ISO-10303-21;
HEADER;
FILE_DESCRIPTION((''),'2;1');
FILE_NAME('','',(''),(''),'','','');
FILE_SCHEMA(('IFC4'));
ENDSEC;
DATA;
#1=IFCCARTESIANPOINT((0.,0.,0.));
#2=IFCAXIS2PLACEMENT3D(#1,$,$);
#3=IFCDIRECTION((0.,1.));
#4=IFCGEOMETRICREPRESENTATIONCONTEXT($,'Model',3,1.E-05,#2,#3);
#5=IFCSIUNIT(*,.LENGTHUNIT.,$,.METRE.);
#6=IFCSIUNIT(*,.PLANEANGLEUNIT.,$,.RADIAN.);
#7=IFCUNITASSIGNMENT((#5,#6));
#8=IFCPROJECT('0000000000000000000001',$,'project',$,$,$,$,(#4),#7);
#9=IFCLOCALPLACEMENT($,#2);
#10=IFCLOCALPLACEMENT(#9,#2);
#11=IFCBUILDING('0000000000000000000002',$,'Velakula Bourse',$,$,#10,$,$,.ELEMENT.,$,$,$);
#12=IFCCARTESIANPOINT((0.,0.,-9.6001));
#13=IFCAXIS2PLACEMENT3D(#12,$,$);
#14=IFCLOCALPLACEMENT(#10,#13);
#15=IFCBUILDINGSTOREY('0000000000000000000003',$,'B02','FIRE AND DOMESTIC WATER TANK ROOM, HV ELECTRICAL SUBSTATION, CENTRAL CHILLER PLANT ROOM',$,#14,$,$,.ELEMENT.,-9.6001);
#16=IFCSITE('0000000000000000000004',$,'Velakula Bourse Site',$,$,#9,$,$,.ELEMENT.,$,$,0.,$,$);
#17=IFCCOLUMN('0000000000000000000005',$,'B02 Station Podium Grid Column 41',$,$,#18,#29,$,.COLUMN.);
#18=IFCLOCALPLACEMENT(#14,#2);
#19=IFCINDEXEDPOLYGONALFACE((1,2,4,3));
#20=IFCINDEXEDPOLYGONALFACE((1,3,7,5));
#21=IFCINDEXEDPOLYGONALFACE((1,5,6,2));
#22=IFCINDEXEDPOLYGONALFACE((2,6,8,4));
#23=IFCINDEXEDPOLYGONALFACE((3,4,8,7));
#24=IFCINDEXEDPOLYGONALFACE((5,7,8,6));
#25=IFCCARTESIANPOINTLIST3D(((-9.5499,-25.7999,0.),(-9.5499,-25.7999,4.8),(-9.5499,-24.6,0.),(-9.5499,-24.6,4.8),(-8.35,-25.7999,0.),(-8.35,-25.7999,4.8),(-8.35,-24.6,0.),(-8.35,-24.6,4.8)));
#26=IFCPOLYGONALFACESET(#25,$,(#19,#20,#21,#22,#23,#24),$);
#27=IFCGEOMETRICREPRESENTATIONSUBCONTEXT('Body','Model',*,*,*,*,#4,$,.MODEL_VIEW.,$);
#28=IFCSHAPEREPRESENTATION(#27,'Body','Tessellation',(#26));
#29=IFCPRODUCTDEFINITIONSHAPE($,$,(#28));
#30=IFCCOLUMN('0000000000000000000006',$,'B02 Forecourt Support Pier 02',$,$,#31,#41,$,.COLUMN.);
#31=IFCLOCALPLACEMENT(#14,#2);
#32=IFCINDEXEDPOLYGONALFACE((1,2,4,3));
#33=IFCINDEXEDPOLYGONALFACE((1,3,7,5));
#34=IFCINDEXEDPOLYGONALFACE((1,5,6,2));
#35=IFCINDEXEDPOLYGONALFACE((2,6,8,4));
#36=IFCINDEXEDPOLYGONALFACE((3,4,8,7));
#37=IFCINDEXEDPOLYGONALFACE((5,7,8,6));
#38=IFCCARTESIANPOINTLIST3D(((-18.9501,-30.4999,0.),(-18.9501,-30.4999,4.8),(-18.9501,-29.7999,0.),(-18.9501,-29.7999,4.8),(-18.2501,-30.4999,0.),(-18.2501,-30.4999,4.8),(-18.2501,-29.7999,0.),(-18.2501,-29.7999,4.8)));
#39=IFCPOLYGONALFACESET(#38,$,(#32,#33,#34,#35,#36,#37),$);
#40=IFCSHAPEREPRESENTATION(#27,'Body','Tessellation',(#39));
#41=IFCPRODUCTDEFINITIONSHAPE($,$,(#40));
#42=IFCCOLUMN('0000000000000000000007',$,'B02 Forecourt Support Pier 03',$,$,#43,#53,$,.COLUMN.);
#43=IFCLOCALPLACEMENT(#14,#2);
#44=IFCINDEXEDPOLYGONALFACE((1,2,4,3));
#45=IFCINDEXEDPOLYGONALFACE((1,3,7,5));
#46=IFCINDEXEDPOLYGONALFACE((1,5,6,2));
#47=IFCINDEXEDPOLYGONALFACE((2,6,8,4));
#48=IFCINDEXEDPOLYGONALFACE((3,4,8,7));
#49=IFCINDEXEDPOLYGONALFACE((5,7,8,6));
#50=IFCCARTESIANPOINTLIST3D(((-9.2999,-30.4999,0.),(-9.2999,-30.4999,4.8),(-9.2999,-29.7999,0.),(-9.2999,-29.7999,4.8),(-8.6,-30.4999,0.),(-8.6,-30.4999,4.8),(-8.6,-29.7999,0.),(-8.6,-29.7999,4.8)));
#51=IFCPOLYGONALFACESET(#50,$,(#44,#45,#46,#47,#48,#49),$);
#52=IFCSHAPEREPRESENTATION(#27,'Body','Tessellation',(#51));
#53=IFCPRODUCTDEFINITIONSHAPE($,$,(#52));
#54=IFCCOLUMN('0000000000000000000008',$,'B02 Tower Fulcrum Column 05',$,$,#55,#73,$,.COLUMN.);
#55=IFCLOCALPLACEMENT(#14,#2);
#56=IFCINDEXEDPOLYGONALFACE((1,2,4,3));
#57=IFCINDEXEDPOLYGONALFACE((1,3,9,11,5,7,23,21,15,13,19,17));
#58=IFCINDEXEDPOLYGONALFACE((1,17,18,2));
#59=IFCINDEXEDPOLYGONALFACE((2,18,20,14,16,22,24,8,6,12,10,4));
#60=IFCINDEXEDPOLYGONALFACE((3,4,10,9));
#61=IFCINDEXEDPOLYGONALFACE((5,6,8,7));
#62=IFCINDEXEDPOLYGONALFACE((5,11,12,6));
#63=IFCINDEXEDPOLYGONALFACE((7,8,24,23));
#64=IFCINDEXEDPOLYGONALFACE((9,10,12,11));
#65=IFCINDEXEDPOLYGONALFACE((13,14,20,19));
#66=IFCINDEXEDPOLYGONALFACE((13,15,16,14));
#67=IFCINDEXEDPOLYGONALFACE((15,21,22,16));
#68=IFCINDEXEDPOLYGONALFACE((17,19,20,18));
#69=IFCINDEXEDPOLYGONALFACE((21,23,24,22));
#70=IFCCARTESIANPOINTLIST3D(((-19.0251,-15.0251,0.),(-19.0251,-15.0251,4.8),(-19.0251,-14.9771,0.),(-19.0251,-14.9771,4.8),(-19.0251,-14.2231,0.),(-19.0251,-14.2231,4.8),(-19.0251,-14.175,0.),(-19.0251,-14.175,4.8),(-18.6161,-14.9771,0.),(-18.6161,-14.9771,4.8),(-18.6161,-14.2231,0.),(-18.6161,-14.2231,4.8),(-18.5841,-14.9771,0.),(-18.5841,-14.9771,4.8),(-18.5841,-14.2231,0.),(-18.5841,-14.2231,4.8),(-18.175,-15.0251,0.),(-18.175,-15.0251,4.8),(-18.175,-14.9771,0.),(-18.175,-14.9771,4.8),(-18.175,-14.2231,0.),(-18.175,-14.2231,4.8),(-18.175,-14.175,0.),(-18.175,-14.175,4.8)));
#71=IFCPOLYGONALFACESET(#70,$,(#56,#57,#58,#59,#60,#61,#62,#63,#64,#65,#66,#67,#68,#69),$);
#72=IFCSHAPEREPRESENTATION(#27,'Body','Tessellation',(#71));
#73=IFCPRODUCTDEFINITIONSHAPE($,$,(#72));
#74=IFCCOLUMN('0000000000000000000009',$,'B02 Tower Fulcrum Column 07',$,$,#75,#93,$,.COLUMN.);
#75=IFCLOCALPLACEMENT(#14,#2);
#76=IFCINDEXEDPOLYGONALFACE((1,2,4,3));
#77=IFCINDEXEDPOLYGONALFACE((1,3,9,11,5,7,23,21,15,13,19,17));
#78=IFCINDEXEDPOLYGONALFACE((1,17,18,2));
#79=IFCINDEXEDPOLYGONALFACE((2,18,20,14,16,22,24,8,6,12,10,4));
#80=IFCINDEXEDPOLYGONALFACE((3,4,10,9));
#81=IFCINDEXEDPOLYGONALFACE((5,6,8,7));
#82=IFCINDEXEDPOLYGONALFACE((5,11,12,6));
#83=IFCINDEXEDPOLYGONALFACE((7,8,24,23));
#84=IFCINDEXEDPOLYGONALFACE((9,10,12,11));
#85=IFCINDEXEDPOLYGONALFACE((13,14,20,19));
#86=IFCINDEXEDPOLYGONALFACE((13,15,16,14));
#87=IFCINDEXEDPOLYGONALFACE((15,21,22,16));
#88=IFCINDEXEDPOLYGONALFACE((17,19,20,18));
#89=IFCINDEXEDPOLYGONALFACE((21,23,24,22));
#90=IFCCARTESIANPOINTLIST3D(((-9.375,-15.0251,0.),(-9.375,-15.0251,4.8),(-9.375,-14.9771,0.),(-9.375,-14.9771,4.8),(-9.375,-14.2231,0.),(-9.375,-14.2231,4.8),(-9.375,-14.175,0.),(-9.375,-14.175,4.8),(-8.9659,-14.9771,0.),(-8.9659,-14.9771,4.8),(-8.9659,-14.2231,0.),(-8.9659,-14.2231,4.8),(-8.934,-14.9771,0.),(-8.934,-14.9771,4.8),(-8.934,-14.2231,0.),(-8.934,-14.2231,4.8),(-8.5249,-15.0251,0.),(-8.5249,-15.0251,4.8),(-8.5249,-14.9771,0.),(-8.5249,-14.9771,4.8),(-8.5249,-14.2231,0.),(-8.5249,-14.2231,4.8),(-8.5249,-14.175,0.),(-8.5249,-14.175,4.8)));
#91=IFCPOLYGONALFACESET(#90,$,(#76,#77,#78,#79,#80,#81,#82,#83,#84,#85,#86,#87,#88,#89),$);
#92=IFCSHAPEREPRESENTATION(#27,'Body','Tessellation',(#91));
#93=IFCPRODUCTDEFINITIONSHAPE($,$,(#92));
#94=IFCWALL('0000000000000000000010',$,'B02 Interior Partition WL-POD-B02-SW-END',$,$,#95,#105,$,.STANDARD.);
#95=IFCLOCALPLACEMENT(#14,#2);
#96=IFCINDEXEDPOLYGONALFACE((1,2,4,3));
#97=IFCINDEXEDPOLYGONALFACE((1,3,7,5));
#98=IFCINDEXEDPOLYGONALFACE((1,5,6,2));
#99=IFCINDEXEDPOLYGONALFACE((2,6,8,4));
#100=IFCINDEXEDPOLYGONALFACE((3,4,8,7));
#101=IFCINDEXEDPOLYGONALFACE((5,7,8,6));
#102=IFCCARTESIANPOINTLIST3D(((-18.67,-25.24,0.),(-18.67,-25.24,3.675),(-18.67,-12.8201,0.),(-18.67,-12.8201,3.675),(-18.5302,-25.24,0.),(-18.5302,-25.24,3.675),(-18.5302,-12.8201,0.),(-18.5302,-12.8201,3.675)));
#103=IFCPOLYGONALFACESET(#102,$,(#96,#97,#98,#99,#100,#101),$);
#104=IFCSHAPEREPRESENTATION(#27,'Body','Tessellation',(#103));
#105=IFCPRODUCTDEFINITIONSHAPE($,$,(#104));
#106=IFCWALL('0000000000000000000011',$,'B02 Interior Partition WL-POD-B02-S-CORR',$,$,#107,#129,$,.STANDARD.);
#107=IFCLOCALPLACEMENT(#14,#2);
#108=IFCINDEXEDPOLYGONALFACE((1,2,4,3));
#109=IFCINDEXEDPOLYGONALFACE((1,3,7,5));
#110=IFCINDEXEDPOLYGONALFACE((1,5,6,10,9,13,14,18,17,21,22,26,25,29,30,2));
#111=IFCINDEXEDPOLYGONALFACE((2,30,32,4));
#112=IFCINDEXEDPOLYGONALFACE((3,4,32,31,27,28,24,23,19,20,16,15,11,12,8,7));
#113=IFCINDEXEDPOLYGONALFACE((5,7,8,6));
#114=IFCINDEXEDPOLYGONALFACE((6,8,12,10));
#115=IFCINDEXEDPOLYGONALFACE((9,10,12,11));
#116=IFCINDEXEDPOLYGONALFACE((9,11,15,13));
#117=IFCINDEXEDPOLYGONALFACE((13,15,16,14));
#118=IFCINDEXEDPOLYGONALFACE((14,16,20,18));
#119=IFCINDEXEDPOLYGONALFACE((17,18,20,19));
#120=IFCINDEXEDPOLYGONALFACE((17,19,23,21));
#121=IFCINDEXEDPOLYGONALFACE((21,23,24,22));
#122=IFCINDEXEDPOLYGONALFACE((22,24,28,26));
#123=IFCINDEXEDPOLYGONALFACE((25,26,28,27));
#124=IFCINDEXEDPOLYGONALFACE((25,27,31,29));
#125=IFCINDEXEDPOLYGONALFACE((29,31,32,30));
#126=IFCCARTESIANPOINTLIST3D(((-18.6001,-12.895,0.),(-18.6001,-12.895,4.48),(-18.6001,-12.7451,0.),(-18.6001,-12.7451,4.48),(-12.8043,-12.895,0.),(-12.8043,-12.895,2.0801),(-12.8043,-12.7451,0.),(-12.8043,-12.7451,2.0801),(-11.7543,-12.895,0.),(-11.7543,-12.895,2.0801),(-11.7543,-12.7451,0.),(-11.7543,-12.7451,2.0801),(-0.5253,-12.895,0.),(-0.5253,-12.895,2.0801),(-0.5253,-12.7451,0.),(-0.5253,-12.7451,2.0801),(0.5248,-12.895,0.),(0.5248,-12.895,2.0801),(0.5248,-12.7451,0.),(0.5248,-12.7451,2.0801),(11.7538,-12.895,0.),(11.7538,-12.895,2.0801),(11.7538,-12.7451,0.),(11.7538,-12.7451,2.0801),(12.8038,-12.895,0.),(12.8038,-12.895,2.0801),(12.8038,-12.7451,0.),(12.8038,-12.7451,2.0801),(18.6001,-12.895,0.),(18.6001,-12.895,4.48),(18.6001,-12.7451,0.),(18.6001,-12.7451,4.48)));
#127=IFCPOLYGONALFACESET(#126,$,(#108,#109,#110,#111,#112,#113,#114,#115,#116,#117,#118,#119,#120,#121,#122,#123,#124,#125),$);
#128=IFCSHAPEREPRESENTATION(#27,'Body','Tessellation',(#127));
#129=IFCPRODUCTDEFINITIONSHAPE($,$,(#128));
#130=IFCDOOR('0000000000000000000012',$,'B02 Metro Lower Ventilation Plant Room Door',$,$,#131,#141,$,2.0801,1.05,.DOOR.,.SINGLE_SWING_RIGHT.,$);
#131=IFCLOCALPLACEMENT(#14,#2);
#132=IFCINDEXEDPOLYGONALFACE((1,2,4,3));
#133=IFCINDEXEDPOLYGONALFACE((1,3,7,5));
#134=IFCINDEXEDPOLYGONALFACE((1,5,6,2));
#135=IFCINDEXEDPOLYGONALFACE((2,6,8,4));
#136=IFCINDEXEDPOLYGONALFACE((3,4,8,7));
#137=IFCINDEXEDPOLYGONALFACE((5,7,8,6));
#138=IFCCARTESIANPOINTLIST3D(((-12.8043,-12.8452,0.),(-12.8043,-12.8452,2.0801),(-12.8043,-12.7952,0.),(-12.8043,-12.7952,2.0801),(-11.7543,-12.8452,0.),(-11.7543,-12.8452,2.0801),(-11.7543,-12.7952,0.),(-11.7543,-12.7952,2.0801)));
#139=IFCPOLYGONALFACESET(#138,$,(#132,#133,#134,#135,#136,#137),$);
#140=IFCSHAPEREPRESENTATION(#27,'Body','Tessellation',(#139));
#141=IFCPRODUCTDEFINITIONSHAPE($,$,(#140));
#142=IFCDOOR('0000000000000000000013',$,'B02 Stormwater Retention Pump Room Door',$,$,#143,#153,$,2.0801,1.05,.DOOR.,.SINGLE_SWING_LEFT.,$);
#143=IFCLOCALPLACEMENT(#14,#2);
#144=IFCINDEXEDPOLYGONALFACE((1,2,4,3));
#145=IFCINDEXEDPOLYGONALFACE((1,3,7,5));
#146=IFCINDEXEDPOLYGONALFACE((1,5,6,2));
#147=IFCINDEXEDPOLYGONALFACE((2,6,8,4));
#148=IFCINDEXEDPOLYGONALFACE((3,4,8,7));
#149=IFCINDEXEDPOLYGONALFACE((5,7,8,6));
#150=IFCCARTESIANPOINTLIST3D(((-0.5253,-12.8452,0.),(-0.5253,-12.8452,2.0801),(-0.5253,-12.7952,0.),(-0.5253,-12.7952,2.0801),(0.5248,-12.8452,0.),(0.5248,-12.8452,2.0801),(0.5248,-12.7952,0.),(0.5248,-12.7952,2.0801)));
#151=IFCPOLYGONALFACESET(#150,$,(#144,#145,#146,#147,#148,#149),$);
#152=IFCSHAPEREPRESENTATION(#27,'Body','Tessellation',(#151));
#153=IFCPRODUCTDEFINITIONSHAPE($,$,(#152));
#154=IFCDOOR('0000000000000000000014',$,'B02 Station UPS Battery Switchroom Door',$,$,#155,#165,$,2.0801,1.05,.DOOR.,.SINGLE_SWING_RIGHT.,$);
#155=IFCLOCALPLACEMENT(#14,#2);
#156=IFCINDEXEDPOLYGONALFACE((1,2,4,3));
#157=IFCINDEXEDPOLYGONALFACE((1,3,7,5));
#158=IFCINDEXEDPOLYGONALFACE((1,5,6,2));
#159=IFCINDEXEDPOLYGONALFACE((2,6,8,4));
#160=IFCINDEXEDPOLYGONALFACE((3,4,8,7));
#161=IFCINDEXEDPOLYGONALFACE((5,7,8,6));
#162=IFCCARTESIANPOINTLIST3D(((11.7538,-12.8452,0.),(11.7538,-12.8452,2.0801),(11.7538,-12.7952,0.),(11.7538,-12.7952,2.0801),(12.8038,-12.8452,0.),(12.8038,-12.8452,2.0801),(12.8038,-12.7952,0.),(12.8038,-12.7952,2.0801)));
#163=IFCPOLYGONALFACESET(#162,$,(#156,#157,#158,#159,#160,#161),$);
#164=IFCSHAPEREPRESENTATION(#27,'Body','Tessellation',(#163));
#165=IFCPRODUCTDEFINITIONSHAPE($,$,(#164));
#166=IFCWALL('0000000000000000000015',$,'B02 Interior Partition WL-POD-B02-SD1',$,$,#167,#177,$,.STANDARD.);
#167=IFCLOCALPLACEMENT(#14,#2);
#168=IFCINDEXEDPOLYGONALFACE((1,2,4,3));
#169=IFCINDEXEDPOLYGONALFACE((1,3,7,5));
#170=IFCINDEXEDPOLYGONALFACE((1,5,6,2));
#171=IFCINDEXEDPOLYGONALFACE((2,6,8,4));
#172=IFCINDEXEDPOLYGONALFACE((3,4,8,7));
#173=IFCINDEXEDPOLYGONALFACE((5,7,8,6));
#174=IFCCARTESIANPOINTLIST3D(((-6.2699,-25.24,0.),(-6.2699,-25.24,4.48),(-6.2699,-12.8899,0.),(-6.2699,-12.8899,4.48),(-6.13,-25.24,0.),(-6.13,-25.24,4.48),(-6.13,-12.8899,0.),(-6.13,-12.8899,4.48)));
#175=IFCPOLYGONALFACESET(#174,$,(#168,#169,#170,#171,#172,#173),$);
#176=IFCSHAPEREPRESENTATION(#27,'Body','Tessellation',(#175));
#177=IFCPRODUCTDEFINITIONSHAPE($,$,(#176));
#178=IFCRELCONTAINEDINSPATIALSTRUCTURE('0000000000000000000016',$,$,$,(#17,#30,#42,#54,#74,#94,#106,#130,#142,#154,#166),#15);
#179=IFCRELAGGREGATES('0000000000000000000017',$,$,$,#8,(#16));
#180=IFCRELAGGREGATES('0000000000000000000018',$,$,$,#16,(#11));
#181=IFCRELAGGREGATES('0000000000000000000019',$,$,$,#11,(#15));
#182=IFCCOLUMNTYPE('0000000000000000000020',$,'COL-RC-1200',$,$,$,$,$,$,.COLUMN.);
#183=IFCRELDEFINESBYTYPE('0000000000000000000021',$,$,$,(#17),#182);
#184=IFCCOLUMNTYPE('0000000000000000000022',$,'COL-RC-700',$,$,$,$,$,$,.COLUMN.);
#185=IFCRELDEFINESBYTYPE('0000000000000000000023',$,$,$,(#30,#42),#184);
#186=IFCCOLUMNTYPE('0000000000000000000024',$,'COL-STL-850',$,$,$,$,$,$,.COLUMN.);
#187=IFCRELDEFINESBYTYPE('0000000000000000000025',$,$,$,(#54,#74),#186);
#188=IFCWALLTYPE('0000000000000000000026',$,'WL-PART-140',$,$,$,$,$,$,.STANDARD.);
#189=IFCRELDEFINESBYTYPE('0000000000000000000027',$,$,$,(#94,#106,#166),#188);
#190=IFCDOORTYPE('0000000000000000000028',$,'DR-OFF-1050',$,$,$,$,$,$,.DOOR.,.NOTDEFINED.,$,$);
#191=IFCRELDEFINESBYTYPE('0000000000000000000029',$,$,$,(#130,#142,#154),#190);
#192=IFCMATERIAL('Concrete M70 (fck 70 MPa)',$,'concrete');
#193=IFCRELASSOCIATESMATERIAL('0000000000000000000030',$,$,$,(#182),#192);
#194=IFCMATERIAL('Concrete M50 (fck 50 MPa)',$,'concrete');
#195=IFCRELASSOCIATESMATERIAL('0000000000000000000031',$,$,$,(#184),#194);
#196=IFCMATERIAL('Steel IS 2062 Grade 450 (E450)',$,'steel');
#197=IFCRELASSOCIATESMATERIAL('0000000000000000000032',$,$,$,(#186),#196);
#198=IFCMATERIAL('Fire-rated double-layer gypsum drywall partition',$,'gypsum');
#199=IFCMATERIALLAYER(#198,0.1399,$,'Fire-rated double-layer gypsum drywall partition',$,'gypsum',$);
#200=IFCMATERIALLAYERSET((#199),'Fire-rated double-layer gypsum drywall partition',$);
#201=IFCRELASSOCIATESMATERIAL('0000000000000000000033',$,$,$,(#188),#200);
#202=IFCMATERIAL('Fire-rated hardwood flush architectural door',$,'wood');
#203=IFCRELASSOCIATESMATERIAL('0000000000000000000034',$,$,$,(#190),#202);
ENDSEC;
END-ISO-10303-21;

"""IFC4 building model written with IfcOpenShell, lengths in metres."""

from ifc_helpers import new_model, si_unit, direction, frame, frame_2d, origin, origin_2d, place, context, subcontext, project, spatial, rectangle, i_section, extrude, material, layer, layer_set, material_profile, profile_set, type_object, element, fill, save


model = new_model("IFC4")

# Units and contexts
model_context = context("Model", 3, precision=1e-05, world=origin(), true_north=direction((0.0, 1.0)))
body_context = subcontext(model_context, "Body", "Model", "MODEL_VIEW")
ifc_project = project(units=[si_unit("LENGTHUNIT", "METRE"), si_unit("PLANEANGLEUNIT", "RADIAN")], contexts=[model_context])

# Site, building, storey
site_placement = place(None, origin())
site = spatial("IfcSite", under=ifc_project, at=site_placement, Name="Velakula Bourse Site", CompositionType="ELEMENT", RefElevation=0.0)
building_placement = place(site_placement, origin())
building = spatial("IfcBuilding", under=site, at=building_placement, Name="Velakula Bourse", CompositionType="ELEMENT")
storey_placement = place(building_placement, frame((0.0, 0.0, -9.6001)))
storey = spatial("IfcBuildingStorey", under=building, at=storey_placement, Name="B02", Description="FIRE AND DOMESTIC WATER TANK ROOM, HV ELECTRICAL SUBSTATION, CENTRAL CHILLER PLANT ROOM", CompositionType="ELEMENT", Elevation=-9.6001)

# Shared definitions
ifc_material_1 = material(Name="Concrete M70 (fck 70 MPa)", Category="concrete")
ifc_material_2 = material(Name="Concrete M50 (fck 50 MPa)", Category="concrete")

# Columns
ifc_material_profile_1 = material_profile(ifc_material_1, rectangle(XDim=1.2, YDim=1.2, at=origin_2d()), Name="Concrete M70 (fck 70 MPa)")
ifc_profile_set_1 = profile_set([ifc_material_profile_1], Name="Concrete M70 (fck 70 MPa)")
column_type_1 = type_object("IfcColumnType", Name="COL-RC-1200", PredefinedType="COLUMN", material=ifc_profile_set_1)
for number, where, z_axis, x_axis, name in (
    (1, (-8.95, -25.2, 0.0), (0.0, 0.0, 1.0), (1.0, 0.0, 0.0), "B02 Station Podium Grid Column 41"),
):
    element("IfcColumn", number, at=place(storey_placement, frame(where, z_axis=z_axis, x_axis=x_axis)), inside=storey, type_object=column_type_1, Name=name, PredefinedType="COLUMN", context=body_context, shape_type="SweptSolid", body=[
        extrude(rectangle(XDim=1.2, YDim=1.2, at=origin_2d()), origin(), (0.0, 0.0, 1.0), 4.8),
    ])
ifc_material_profile_2 = material_profile(ifc_material_2, rectangle(XDim=0.7, YDim=0.7, at=origin_2d()), Name="Concrete M50 (fck 50 MPa)")
ifc_profile_set_2 = profile_set([ifc_material_profile_2], Name="Concrete M50 (fck 50 MPa)")
column_type_2 = type_object("IfcColumnType", Name="COL-RC-700", PredefinedType="COLUMN", material=ifc_profile_set_2)
for number, where, z_axis, x_axis, name in (
    (2, (-18.6001, -30.1499, 0.0), (0.0, 0.0, 1.0), (1.0, 0.0, 0.0), "B02 Forecourt Support Pier 02"),
    (3, (-8.95, -30.1499, 0.0), (0.0, 0.0, 1.0), (1.0, 0.0, 0.0), "B02 Forecourt Support Pier 03"),
):
    element("IfcColumn", number, at=place(storey_placement, frame(where, z_axis=z_axis, x_axis=x_axis)), inside=storey, type_object=column_type_2, Name=name, PredefinedType="COLUMN", context=body_context, shape_type="SweptSolid", body=[
        extrude(rectangle(XDim=0.7, YDim=0.7, at=origin_2d()), origin(), (0.0, 0.0, 1.0), 4.8),
    ])
ifc_material_3 = material(Name="Steel IS 2062 Grade 450 (E450)", Category="steel")
ifc_material_profile_3 = material_profile(ifc_material_3, i_section(OverallWidth=0.8501, OverallDepth=0.8501, WebThickness=0.032, FlangeThickness=0.0481, at=origin_2d()), Name="Steel IS 2062 Grade 450 (E450)")
ifc_profile_set_3 = profile_set([ifc_material_profile_3], Name="Steel IS 2062 Grade 450 (E450)")
column_type_3 = type_object("IfcColumnType", Name="COL-STL-850", PredefinedType="COLUMN", material=ifc_profile_set_3)
for number, where, z_axis, x_axis, name in (
    (4, (-18.6001, -14.6001, 0.0), (0.0, 0.0, 1.0), (1.0, 0.0, 0.0), "B02 Tower Fulcrum Column 05"),
    (5, (-8.95, -14.6001, 0.0), (0.0, 0.0, 1.0), (1.0, 0.0, 0.0), "B02 Tower Fulcrum Column 07"),
):
    element("IfcColumn", number, at=place(storey_placement, frame(where, z_axis=z_axis, x_axis=x_axis)), inside=storey, type_object=column_type_3, Name=name, PredefinedType="COLUMN", context=body_context, shape_type="SweptSolid", body=[
        extrude(i_section(OverallWidth=0.8501, OverallDepth=0.8501, WebThickness=0.032, FlangeThickness=0.0481, at=origin_2d()), origin(), (0.0, 0.0, 1.0), 4.8),
    ])

# Wall
ifc_material_4 = material(Name="Fire-rated double-layer gypsum drywall partition", Category="gypsum")
ifc_layer = layer(ifc_material_4, 0.1399, Name="Fire-rated double-layer gypsum drywall partition", Category="gypsum")
ifc_layer_set = layer_set([ifc_layer], Name="Fire-rated double-layer gypsum drywall partition")
wall_type = type_object("IfcWallType", Name="WL-PART-140", PredefinedType="STANDARD", material=ifc_layer_set)
wall_1_placement = place(storey_placement, frame((-18.6001, -25.24, 0.0), z_axis=(0.0, 0.0, 1.0), x_axis=(0.0, 1.0, 0.0)))
element("IfcWall", 6, at=wall_1_placement, inside=storey, type_object=wall_type, Name="B02 Interior Partition WL-POD-B02-SW-END", PredefinedType="STANDARD", context=body_context, shape_type="SweptSolid", body=[
    extrude(rectangle(XDim=12.4199, YDim=0.1399, at=frame_2d((6.21, 0.0))), origin(), (0.0, 0.0, 1.0), 3.675),
])

# Wall, openings, doors
wall_2_placement = place(storey_placement, frame((-18.6001, -12.8201, 0.0), z_axis=(0.0, 0.0, 1.0), x_axis=(1.0, 0.0, 0.0)))
wall_2 = element("IfcWall", 7, at=wall_2_placement, inside=storey, type_object=wall_type, Name="B02 Interior Partition WL-POD-B02-S-CORR", PredefinedType="STANDARD", context=body_context, shape_type="SweptSolid", body=[
    extrude(rectangle(XDim=37.2002, YDim=0.1499, at=frame_2d((18.6001, 0.0))), origin(), (0.0, 0.0, 1.0), 4.48),
])
opening_1_placement = place(wall_2_placement, frame((5.7959, 0.0, 0.0)))
opening_1 = element("IfcOpeningElement", 8, at=opening_1_placement, cuts=wall_2, PredefinedType="OPENING", context=body_context, shape_type="SweptSolid", body=[
    extrude(rectangle(XDim=1.05, YDim=2.0801, at=frame_2d((0.5249, 1.04))), frame((0.0, 0.085, 0.0), z_axis=(0.0, -1.0, 0.0), x_axis=(1.0, 0.0, 0.0)), (0.0, 0.0, 1.0), 0.1699),
])
opening_2_placement = place(wall_2_placement, frame((18.075, 0.0, 0.0)))
opening_2 = element("IfcOpeningElement", 9, at=opening_2_placement, cuts=wall_2, PredefinedType="OPENING", context=body_context, shape_type="SweptSolid", body=[
    extrude(rectangle(XDim=1.05, YDim=2.0801, at=frame_2d((0.5249, 1.04))), frame((0.0, 0.085, 0.0), z_axis=(0.0, -1.0, 0.0), x_axis=(1.0, 0.0, 0.0)), (0.0, 0.0, 1.0), 0.1699),
])
opening_3_placement = place(wall_2_placement, frame((30.354, 0.0, 0.0)))
opening_3 = element("IfcOpeningElement", 10, at=opening_3_placement, cuts=wall_2, PredefinedType="OPENING", context=body_context, shape_type="SweptSolid", body=[
    extrude(rectangle(XDim=1.05, YDim=2.0801, at=frame_2d((0.5249, 1.04))), frame((0.0, 0.085, 0.0), z_axis=(0.0, -1.0, 0.0), x_axis=(1.0, 0.0, 0.0)), (0.0, 0.0, 1.0), 0.1699),
])
ifc_material_5 = material(Name="Fire-rated hardwood flush architectural door", Category="wood")
door_type = type_object("IfcDoorType", Name="DR-OFF-1050", OperationType="NOTDEFINED", PredefinedType="DOOR", material=ifc_material_5)
door_1_placement = place(opening_1_placement, origin())
door_1 = element("IfcDoor", 11, at=door_1_placement, inside=storey, type_object=door_type, Name="B02 Metro Lower Ventilation Plant Room Door", OperationType="SINGLE_SWING_RIGHT", OverallHeight=2.0801, OverallWidth=1.05, PredefinedType="DOOR", context=body_context, shape_type="SweptSolid", body=[
    extrude(rectangle(XDim=1.05, YDim=2.0801, at=frame_2d((0.5249, 1.04))), frame((0.0, 0.0249, 0.0), z_axis=(0.0, -1.0, 0.0), x_axis=(1.0, 0.0, 0.0)), (0.0, 0.0, 1.0), 0.05),
])
fill(opening_1, door_1)
door_2_placement = place(opening_2_placement, origin())
door_2 = element("IfcDoor", 12, at=door_2_placement, inside=storey, type_object=door_type, Name="B02 Stormwater Retention Pump Room Door", OperationType="SINGLE_SWING_LEFT", OverallHeight=2.0801, OverallWidth=1.05, PredefinedType="DOOR", context=body_context, shape_type="SweptSolid", body=[
    extrude(rectangle(XDim=1.05, YDim=2.0801, at=frame_2d((0.5249, 1.04))), frame((0.0, 0.0249, 0.0), z_axis=(0.0, -1.0, 0.0), x_axis=(1.0, 0.0, 0.0)), (0.0, 0.0, 1.0), 0.05),
])
fill(opening_2, door_2)
door_3_placement = place(opening_3_placement, origin())
door_3 = element("IfcDoor", 13, at=door_3_placement, inside=storey, type_object=door_type, Name="B02 Station UPS Battery Switchroom Door", OperationType="SINGLE_SWING_RIGHT", OverallHeight=2.0801, OverallWidth=1.05, PredefinedType="DOOR", context=body_context, shape_type="SweptSolid", body=[
    extrude(rectangle(XDim=1.05, YDim=2.0801, at=frame_2d((0.5249, 1.04))), frame((0.0, 0.0249, 0.0), z_axis=(0.0, -1.0, 0.0), x_axis=(1.0, 0.0, 0.0)), (0.0, 0.0, 1.0), 0.05),
])
fill(opening_3, door_3)

# Wall
wall_3_placement = place(storey_placement, frame((-6.2, -25.24, 0.0), z_axis=(0.0, 0.0, 1.0), x_axis=(0.0, 1.0, 0.0)))
element("IfcWall", 14, at=wall_3_placement, inside=storey, type_object=wall_type, Name="B02 Interior Partition WL-POD-B02-SD1", PredefinedType="STANDARD", context=body_context, shape_type="SweptSolid", body=[
    extrude(rectangle(XDim=12.3501, YDim=0.1399, at=frame_2d((6.175, 0.0))), origin(), (0.0, 0.0, 1.0), 4.48),
])

save(model, "model.ifc")
